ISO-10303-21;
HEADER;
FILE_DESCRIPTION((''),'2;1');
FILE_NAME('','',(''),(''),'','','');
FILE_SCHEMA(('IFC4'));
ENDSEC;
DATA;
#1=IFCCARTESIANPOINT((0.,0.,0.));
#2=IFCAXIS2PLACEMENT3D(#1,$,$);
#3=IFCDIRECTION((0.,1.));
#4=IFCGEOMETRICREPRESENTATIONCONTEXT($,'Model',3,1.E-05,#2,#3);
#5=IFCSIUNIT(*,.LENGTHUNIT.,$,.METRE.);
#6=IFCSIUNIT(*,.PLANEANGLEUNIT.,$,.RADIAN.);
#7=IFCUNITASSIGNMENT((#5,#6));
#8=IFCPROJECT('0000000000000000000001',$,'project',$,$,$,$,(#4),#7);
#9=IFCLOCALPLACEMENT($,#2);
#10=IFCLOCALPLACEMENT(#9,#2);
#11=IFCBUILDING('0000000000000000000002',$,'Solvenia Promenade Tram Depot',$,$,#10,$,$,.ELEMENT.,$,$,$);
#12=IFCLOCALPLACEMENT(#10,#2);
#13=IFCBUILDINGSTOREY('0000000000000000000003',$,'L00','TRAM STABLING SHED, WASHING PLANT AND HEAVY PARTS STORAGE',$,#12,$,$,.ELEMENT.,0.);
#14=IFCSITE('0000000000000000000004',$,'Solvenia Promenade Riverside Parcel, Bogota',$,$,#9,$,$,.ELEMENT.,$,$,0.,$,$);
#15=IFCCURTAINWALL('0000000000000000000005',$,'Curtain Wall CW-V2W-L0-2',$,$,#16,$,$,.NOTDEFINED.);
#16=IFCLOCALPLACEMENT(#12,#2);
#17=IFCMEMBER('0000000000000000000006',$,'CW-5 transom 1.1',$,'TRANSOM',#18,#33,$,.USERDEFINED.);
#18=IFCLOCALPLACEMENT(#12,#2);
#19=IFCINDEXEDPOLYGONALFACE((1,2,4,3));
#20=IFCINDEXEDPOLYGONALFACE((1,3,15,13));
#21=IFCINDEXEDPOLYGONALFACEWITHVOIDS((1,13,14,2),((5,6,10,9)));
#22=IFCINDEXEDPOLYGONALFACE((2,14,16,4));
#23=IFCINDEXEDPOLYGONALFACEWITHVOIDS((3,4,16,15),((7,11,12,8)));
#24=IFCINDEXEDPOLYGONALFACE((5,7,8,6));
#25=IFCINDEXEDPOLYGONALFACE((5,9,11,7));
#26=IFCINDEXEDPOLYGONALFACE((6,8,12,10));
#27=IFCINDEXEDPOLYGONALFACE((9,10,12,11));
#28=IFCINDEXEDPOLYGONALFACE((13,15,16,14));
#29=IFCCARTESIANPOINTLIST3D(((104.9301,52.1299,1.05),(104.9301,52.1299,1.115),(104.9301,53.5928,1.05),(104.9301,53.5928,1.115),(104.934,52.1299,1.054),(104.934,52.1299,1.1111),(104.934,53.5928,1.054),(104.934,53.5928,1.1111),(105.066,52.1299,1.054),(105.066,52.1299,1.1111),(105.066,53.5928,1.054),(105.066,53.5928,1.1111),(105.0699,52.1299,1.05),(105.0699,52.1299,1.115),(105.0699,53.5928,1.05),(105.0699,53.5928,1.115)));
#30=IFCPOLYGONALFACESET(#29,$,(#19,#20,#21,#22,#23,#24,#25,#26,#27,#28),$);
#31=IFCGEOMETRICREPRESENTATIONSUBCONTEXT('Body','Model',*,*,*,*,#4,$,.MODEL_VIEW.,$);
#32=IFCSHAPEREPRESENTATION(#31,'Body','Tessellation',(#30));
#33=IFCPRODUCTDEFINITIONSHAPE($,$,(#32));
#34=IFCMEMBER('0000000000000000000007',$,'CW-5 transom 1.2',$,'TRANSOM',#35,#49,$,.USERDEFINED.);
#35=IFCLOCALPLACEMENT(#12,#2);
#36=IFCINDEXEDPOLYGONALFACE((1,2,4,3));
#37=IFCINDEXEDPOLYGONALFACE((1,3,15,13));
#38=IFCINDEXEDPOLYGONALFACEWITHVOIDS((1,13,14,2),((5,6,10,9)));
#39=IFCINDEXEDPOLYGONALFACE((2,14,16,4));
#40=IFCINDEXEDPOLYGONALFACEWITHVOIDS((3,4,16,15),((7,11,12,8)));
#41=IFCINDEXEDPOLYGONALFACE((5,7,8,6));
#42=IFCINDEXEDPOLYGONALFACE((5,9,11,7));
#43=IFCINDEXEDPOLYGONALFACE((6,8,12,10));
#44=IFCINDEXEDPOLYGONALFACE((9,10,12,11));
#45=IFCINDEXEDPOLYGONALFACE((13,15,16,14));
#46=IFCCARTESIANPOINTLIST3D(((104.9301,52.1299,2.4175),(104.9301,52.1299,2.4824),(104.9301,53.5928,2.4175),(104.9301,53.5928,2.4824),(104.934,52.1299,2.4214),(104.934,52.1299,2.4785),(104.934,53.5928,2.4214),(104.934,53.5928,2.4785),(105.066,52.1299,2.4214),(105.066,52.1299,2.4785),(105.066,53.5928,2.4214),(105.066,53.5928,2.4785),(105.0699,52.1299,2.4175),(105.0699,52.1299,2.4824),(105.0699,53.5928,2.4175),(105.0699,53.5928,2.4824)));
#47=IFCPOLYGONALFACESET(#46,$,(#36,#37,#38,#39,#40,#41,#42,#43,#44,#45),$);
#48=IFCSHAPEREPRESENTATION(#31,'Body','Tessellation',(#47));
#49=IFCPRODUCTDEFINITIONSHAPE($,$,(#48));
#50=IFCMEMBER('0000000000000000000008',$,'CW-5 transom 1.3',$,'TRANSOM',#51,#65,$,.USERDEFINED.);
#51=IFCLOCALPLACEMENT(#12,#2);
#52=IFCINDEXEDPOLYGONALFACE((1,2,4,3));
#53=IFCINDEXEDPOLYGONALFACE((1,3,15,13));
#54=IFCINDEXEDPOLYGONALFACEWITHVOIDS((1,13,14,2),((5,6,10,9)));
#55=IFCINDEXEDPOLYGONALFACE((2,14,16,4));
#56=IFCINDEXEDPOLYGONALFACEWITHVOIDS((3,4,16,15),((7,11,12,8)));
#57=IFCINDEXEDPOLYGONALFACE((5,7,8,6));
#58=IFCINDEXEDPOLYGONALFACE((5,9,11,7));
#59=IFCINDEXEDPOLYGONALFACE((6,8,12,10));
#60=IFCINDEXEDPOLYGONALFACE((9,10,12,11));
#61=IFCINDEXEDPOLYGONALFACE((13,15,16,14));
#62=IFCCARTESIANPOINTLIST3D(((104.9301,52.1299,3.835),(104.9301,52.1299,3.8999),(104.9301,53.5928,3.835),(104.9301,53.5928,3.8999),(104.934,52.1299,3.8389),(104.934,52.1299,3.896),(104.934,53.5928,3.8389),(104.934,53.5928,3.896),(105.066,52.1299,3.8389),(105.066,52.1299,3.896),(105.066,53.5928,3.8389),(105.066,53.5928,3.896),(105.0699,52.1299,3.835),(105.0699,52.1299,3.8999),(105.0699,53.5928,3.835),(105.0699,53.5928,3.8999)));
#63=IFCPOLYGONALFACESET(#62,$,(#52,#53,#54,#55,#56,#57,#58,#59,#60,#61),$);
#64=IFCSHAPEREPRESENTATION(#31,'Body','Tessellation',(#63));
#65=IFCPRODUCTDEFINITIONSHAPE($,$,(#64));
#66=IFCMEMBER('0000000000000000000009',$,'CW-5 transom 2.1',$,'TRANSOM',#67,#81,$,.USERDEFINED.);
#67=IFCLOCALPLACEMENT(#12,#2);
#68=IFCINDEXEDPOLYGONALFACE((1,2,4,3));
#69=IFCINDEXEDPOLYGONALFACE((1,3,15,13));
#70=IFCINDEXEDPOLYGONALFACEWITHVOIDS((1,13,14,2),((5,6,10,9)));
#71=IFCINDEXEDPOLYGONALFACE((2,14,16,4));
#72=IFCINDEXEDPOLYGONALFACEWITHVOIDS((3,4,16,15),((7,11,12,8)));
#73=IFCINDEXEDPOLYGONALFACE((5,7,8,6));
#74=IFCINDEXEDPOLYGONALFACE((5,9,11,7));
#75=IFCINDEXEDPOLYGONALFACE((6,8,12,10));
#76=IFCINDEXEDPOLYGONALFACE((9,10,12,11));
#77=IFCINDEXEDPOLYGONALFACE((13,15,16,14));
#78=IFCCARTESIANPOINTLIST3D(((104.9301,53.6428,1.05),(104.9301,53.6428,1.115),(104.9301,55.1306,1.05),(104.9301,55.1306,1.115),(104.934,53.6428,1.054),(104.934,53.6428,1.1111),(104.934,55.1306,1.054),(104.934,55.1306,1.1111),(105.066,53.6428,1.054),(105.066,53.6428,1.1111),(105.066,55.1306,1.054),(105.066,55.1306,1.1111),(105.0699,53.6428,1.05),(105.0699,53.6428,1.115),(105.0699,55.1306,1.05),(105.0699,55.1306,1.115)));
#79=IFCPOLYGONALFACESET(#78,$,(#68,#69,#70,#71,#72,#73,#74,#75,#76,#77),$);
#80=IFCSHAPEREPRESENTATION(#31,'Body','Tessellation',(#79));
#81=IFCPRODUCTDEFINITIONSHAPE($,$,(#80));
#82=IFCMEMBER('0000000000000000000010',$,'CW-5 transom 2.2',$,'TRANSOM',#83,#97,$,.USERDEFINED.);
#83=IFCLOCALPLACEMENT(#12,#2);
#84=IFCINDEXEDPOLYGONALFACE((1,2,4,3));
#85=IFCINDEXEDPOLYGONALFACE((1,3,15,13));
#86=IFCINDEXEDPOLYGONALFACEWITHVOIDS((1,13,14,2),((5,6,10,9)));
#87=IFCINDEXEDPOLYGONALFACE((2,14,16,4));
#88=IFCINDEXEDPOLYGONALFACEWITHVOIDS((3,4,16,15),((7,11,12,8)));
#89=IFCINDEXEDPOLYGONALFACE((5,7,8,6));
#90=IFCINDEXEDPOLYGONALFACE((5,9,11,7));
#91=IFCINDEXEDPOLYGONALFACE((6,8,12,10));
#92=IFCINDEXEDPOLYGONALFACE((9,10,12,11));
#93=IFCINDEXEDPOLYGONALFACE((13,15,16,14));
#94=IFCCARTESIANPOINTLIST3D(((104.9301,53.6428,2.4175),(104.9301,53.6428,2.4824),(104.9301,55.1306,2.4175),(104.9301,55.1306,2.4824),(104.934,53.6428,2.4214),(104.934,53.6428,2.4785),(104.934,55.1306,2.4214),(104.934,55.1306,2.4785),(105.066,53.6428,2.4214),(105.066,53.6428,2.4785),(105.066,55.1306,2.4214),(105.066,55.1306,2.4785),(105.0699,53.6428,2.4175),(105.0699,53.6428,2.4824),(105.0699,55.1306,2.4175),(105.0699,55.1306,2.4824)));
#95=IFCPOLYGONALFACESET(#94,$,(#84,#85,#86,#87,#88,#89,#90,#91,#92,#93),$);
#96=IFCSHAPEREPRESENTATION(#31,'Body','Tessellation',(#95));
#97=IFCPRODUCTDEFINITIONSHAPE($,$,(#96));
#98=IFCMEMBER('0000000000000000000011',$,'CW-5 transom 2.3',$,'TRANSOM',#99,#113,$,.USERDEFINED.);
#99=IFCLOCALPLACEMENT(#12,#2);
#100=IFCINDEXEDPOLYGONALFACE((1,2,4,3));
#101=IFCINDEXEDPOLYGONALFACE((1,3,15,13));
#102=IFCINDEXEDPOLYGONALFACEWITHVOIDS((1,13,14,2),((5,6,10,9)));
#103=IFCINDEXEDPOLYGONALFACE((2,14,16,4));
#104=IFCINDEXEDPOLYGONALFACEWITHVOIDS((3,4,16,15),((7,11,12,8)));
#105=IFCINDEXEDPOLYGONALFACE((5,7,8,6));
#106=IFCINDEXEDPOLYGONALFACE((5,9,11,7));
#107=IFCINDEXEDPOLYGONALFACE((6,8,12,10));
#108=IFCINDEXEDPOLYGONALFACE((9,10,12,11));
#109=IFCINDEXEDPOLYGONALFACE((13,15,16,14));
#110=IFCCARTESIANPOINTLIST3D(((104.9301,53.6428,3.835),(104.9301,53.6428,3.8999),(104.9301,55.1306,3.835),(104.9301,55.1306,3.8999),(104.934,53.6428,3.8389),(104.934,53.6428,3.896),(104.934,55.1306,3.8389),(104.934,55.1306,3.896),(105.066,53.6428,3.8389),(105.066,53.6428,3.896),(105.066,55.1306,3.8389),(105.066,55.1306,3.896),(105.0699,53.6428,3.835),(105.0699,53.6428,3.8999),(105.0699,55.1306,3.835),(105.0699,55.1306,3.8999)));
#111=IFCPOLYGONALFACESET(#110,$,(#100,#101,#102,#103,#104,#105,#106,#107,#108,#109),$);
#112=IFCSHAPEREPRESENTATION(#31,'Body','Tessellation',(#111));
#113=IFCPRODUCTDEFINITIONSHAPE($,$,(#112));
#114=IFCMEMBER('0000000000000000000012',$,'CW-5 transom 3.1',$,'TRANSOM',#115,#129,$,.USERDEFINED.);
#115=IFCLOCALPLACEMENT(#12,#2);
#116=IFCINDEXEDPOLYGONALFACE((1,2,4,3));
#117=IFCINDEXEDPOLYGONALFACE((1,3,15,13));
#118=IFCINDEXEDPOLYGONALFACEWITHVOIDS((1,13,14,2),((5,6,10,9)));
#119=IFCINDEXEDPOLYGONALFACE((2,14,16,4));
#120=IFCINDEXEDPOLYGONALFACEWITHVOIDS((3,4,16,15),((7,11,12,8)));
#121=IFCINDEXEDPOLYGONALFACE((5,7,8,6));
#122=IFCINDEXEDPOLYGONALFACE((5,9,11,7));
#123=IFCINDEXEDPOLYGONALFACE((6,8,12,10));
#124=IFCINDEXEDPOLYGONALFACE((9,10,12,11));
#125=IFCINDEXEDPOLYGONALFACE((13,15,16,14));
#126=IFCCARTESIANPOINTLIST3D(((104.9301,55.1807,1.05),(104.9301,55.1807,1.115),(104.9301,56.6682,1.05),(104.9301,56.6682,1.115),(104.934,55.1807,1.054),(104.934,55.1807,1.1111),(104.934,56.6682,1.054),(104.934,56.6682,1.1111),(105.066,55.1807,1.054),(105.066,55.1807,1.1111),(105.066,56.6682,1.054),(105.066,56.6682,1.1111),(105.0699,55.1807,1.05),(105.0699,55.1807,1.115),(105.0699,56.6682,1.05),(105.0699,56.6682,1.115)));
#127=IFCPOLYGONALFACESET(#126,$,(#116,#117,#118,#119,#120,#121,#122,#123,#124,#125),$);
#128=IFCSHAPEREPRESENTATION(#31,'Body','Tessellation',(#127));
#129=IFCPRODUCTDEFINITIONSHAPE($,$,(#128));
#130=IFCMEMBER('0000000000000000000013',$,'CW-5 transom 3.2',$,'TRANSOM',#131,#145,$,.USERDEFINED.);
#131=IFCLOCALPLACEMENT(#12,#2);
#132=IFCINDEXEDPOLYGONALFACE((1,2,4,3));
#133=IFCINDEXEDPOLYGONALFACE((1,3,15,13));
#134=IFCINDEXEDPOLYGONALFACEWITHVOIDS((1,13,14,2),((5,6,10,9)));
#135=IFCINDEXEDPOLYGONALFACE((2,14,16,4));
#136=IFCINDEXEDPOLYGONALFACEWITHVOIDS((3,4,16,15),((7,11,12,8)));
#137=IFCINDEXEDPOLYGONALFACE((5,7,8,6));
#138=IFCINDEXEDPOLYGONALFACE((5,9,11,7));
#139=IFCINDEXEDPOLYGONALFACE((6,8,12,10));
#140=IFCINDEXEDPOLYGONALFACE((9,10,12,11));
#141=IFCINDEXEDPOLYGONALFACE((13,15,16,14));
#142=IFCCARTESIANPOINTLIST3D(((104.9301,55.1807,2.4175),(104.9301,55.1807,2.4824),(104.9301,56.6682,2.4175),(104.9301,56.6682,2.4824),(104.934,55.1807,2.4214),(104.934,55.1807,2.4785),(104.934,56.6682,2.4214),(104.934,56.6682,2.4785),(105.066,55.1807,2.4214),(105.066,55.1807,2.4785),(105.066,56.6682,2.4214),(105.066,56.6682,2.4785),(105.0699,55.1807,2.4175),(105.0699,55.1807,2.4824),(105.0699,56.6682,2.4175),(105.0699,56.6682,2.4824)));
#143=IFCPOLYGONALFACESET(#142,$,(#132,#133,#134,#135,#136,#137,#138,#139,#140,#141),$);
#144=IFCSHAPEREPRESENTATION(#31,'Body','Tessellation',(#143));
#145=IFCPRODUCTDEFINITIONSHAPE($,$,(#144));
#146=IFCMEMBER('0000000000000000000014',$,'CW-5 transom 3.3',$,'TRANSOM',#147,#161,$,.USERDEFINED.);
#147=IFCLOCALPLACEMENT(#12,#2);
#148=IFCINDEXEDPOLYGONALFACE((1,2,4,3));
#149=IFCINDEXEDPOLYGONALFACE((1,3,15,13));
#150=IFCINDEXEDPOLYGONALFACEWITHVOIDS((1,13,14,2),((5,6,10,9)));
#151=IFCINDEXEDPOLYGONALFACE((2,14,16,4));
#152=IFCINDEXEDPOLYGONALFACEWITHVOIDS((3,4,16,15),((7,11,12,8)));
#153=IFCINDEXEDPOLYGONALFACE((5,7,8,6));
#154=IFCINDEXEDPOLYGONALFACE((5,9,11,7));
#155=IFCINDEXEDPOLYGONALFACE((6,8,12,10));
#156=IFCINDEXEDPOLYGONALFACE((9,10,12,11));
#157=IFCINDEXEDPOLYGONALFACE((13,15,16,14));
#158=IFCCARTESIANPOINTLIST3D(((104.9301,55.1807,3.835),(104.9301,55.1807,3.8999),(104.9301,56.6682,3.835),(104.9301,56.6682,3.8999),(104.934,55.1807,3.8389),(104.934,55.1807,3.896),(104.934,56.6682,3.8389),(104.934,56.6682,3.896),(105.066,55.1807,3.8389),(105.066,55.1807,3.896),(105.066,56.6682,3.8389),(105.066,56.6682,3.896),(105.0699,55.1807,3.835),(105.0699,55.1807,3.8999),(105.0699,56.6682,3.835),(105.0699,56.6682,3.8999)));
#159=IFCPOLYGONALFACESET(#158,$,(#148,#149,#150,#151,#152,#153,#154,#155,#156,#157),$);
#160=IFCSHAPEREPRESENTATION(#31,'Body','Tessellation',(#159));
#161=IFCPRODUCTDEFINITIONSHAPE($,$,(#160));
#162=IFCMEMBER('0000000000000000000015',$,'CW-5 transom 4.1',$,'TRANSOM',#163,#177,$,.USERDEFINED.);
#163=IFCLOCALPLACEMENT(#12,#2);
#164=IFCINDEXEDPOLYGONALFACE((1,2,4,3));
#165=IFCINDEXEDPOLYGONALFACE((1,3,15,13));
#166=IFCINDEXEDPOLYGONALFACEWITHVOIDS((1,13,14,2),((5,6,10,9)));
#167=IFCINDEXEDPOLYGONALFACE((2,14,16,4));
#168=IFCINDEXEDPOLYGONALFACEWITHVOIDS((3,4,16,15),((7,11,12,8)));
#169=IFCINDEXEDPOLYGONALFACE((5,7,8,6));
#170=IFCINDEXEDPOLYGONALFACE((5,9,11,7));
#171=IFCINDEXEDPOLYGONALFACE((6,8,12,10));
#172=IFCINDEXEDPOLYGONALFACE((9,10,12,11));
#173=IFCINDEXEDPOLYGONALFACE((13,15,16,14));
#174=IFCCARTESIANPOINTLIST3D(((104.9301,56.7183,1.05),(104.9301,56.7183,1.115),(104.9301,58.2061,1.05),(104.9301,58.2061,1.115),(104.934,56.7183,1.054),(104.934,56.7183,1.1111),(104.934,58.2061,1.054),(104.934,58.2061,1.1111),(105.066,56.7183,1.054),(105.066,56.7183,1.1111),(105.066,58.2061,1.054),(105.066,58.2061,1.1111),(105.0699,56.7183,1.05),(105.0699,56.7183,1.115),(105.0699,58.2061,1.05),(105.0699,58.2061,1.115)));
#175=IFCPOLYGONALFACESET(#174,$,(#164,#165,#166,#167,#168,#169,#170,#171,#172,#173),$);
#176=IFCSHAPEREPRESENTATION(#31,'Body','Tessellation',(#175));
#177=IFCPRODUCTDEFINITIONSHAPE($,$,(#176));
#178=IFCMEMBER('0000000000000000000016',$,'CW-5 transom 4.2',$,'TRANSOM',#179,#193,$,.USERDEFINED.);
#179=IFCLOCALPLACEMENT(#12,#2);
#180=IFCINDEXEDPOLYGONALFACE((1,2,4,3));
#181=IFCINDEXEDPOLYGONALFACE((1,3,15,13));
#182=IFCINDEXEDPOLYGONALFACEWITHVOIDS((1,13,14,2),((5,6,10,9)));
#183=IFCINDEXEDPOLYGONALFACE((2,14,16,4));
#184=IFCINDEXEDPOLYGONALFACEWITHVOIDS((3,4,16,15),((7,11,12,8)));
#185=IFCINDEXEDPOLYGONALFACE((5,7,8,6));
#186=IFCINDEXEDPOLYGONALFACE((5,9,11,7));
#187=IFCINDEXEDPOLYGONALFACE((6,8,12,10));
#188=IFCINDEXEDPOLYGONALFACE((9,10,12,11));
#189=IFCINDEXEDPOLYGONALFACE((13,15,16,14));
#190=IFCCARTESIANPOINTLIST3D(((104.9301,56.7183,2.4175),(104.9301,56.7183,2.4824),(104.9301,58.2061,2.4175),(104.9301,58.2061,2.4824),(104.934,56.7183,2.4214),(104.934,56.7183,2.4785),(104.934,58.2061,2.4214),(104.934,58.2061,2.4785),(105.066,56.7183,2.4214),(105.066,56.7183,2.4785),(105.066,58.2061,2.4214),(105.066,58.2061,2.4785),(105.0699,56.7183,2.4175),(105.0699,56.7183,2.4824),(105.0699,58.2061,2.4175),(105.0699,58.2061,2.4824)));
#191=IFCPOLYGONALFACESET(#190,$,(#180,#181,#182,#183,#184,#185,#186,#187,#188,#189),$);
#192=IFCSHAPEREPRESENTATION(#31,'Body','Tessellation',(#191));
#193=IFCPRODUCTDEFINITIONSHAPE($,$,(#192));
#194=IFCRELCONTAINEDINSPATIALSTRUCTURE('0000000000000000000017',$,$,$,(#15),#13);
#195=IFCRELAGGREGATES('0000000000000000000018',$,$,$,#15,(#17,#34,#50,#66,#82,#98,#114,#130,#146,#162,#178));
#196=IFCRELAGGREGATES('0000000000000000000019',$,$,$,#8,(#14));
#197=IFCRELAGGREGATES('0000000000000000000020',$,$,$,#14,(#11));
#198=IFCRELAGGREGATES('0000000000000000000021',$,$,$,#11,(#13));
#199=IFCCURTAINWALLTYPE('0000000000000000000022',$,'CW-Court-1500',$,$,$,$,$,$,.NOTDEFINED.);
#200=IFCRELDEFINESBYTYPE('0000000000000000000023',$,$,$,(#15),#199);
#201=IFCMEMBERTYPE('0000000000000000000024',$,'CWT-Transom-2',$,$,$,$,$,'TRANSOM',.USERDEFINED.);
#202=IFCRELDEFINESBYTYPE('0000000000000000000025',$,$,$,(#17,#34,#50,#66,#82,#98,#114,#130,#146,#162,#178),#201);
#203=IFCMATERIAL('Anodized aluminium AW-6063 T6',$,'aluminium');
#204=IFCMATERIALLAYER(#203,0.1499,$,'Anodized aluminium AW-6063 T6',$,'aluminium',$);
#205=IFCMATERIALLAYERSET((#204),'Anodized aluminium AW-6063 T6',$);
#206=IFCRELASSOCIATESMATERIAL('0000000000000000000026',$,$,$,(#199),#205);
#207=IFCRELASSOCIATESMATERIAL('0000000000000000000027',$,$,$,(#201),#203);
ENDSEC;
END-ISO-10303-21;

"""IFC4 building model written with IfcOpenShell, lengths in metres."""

from ifc_helpers import new_model, si_unit, direction, frame, origin, origin_2d, place, context, subcontext, project, spatial, hollow_rectangle, extrude, material, layer, layer_set, material_profile, profile_set, type_object, element, aggregate, save


model = new_model("IFC4")

# Units and contexts
model_context = context("Model", 3, precision=1e-05, world=origin(), true_north=direction((0.0, 1.0)))
body_context = subcontext(model_context, "Body", "Model", "MODEL_VIEW")
ifc_project = project(units=[si_unit("LENGTHUNIT", "METRE"), si_unit("PLANEANGLEUNIT", "RADIAN")], contexts=[model_context])

# Site, building, storey
site_placement = place(None, origin())
site = spatial("IfcSite", under=ifc_project, at=site_placement, Name="Solvenia Promenade Riverside Parcel, Bogota", CompositionType="ELEMENT", RefElevation=0.0)
building_placement = place(site_placement, origin())
building = spatial("IfcBuilding", under=site, at=building_placement, Name="Solvenia Promenade Tram Depot", CompositionType="ELEMENT")
storey_placement = place(building_placement, origin())
storey = spatial("IfcBuildingStorey", under=building, at=storey_placement, Name="L00", Description="TRAM STABLING SHED, WASHING PLANT AND HEAVY PARTS STORAGE", CompositionType="ELEMENT", Elevation=0.0)

# Curtain wall, members
ifc_material_1 = material(Name="Anodized aluminium AW-6063 T6", Category="aluminium")
ifc_layer_1 = layer(ifc_material_1, 0.1499, Name="Anodized aluminium AW-6063 T6", Category="aluminium")
ifc_layer_set_1 = layer_set([ifc_layer_1], Name="Anodized aluminium AW-6063 T6")
curtain_wall_type = type_object("IfcCurtainWallType", Name="CW-Court-1500", PredefinedType="NOTDEFINED", material=ifc_layer_set_1)
curtain_wall_placement = place(storey_placement, origin())
curtain_wall = element("IfcCurtainWall", 1, at=curtain_wall_placement, inside=storey, type_object=curtain_wall_type, Name="Curtain Wall CW-V2W-L0-2", PredefinedType="NOTDEFINED")
ifc_material_profile_1 = material_profile(ifc_material_1, hollow_rectangle(XDim=0.1399, YDim=0.0649, WallThickness=0.0039, at=origin_2d()), Name="ALU-T2", Category="aluminium")
ifc_profile_set_1 = profile_set([ifc_material_profile_1], Name="Anodized aluminium AW-6063 T6")
member_type_1 = type_object("IfcMemberType", Name="CWT-Transom-2", ElementType="TRANSOM", PredefinedType="USERDEFINED", material=ifc_profile_set_1)
member_1_placement = place(storey_placement, frame((105.0, 52.1299, 1.0825), z_axis=(0.0, 1.0, 0.0), x_axis=(-1.0, 0.0, 0.0)))
member_1 = element("IfcMember", 2, at=member_1_placement, type_object=member_type_1, Name="CW-5 transom 1.1", ObjectType="TRANSOM", PredefinedType="USERDEFINED", context=body_context, shape_type="SweptSolid", body=[
    extrude(hollow_rectangle(XDim=0.1399, YDim=0.0649, WallThickness=0.0039, at=origin_2d()), origin(), (0.0, 0.0, 1.0), 1.4629),
])
member_2_placement = place(storey_placement, frame((105.0, 52.1299, 2.45), z_axis=(0.0, 1.0, 0.0), x_axis=(-1.0, 0.0, 0.0)))
member_2 = element("IfcMember", 3, at=member_2_placement, type_object=member_type_1, Name="CW-5 transom 1.2", ObjectType="TRANSOM", PredefinedType="USERDEFINED", context=body_context, shape_type="SweptSolid", body=[
    extrude(hollow_rectangle(XDim=0.1399, YDim=0.0649, WallThickness=0.0039, at=origin_2d()), origin(), (0.0, 0.0, 1.0), 1.4629),
])
member_3_placement = place(storey_placement, frame((105.0, 52.1299, 3.8674), z_axis=(0.0, 1.0, 0.0), x_axis=(-1.0, 0.0, 0.0)))
member_3 = element("IfcMember", 4, at=member_3_placement, type_object=member_type_1, Name="CW-5 transom 1.3", ObjectType="TRANSOM", PredefinedType="USERDEFINED", context=body_context, shape_type="SweptSolid", body=[
    extrude(hollow_rectangle(XDim=0.1399, YDim=0.0649, WallThickness=0.0039, at=origin_2d()), origin(), (0.0, 0.0, 1.0), 1.4629),
])
member_4_placement = place(storey_placement, frame((105.0, 53.6428, 1.0825), z_axis=(0.0, 1.0, 0.0), x_axis=(-1.0, 0.0, 0.0)))
member_4 = element("IfcMember", 5, at=member_4_placement, type_object=member_type_1, Name="CW-5 transom 2.1", ObjectType="TRANSOM", PredefinedType="USERDEFINED", context=body_context, shape_type="SweptSolid", body=[
    extrude(hollow_rectangle(XDim=0.1399, YDim=0.0649, WallThickness=0.0039, at=origin_2d()), origin(), (0.0, 0.0, 1.0), 1.4878),
])
member_5_placement = place(storey_placement, frame((105.0, 53.6428, 2.45), z_axis=(0.0, 1.0, 0.0), x_axis=(-1.0, 0.0, 0.0)))
member_5 = element("IfcMember", 6, at=member_5_placement, type_object=member_type_1, Name="CW-5 transom 2.2", ObjectType="TRANSOM", PredefinedType="USERDEFINED", context=body_context, shape_type="SweptSolid", body=[
    extrude(hollow_rectangle(XDim=0.1399, YDim=0.0649, WallThickness=0.0039, at=origin_2d()), origin(), (0.0, 0.0, 1.0), 1.4878),
])
member_6_placement = place(storey_placement, frame((105.0, 53.6428, 3.8674), z_axis=(0.0, 1.0, 0.0), x_axis=(-1.0, 0.0, 0.0)))
member_6 = element("IfcMember", 7, at=member_6_placement, type_object=member_type_1, Name="CW-5 transom 2.3", ObjectType="TRANSOM", PredefinedType="USERDEFINED", context=body_context, shape_type="SweptSolid", body=[
    extrude(hollow_rectangle(XDim=0.1399, YDim=0.0649, WallThickness=0.0039, at=origin_2d()), origin(), (0.0, 0.0, 1.0), 1.4878),
])
member_7_placement = place(storey_placement, frame((105.0, 55.1807, 1.0825), z_axis=(0.0, 1.0, 0.0), x_axis=(-1.0, 0.0, 0.0)))
member_7 = element("IfcMember", 8, at=member_7_placement, type_object=member_type_1, Name="CW-5 transom 3.1", ObjectType="TRANSOM", PredefinedType="USERDEFINED", context=body_context, shape_type="SweptSolid", body=[
    extrude(hollow_rectangle(XDim=0.1399, YDim=0.0649, WallThickness=0.0039, at=origin_2d()), origin(), (0.0, 0.0, 1.0), 1.4875),
])
member_8_placement = place(storey_placement, frame((105.0, 55.1807, 2.45), z_axis=(0.0, 1.0, 0.0), x_axis=(-1.0, 0.0, 0.0)))
member_8 = element("IfcMember", 9, at=member_8_placement, type_object=member_type_1, Name="CW-5 transom 3.2", ObjectType="TRANSOM", PredefinedType="USERDEFINED", context=body_context, shape_type="SweptSolid", body=[
    extrude(hollow_rectangle(XDim=0.1399, YDim=0.0649, WallThickness=0.0039, at=origin_2d()), origin(), (0.0, 0.0, 1.0), 1.4875),
])
member_9_placement = place(storey_placement, frame((105.0, 55.1807, 3.8674), z_axis=(0.0, 1.0, 0.0), x_axis=(-1.0, 0.0, 0.0)))
member_9 = element("IfcMember", 10, at=member_9_placement, type_object=member_type_1, Name="CW-5 transom 3.3", ObjectType="TRANSOM", PredefinedType="USERDEFINED", context=body_context, shape_type="SweptSolid", body=[
    extrude(hollow_rectangle(XDim=0.1399, YDim=0.0649, WallThickness=0.0039, at=origin_2d()), origin(), (0.0, 0.0, 1.0), 1.4875),
])
member_10_placement = place(storey_placement, frame((105.0, 56.7183, 1.0825), z_axis=(0.0, 1.0, 0.0), x_axis=(-1.0, 0.0, 0.0)))
member_10 = element("IfcMember", 11, at=member_10_placement, type_object=member_type_1, Name="CW-5 transom 4.1", ObjectType="TRANSOM", PredefinedType="USERDEFINED", context=body_context, shape_type="SweptSolid", body=[
    extrude(hollow_rectangle(XDim=0.1399, YDim=0.0649, WallThickness=0.0039, at=origin_2d()), origin(), (0.0, 0.0, 1.0), 1.4878),
])
member_11_placement = place(storey_placement, frame((105.0, 56.7183, 2.45), z_axis=(0.0, 1.0, 0.0), x_axis=(-1.0, 0.0, 0.0)))
member_11 = element("IfcMember", 12, at=member_11_placement, type_object=member_type_1, Name="CW-5 transom 4.2", ObjectType="TRANSOM", PredefinedType="USERDEFINED", context=body_context, shape_type="SweptSolid", body=[
    extrude(hollow_rectangle(XDim=0.1399, YDim=0.0649, WallThickness=0.0039, at=origin_2d()), origin(), (0.0, 0.0, 1.0), 1.4878),
])
aggregate(curtain_wall, [member_1, member_2, member_3, member_4, member_5, member_6, member_7, member_8, member_9, member_10, member_11])

save(model, "model.ifc")
